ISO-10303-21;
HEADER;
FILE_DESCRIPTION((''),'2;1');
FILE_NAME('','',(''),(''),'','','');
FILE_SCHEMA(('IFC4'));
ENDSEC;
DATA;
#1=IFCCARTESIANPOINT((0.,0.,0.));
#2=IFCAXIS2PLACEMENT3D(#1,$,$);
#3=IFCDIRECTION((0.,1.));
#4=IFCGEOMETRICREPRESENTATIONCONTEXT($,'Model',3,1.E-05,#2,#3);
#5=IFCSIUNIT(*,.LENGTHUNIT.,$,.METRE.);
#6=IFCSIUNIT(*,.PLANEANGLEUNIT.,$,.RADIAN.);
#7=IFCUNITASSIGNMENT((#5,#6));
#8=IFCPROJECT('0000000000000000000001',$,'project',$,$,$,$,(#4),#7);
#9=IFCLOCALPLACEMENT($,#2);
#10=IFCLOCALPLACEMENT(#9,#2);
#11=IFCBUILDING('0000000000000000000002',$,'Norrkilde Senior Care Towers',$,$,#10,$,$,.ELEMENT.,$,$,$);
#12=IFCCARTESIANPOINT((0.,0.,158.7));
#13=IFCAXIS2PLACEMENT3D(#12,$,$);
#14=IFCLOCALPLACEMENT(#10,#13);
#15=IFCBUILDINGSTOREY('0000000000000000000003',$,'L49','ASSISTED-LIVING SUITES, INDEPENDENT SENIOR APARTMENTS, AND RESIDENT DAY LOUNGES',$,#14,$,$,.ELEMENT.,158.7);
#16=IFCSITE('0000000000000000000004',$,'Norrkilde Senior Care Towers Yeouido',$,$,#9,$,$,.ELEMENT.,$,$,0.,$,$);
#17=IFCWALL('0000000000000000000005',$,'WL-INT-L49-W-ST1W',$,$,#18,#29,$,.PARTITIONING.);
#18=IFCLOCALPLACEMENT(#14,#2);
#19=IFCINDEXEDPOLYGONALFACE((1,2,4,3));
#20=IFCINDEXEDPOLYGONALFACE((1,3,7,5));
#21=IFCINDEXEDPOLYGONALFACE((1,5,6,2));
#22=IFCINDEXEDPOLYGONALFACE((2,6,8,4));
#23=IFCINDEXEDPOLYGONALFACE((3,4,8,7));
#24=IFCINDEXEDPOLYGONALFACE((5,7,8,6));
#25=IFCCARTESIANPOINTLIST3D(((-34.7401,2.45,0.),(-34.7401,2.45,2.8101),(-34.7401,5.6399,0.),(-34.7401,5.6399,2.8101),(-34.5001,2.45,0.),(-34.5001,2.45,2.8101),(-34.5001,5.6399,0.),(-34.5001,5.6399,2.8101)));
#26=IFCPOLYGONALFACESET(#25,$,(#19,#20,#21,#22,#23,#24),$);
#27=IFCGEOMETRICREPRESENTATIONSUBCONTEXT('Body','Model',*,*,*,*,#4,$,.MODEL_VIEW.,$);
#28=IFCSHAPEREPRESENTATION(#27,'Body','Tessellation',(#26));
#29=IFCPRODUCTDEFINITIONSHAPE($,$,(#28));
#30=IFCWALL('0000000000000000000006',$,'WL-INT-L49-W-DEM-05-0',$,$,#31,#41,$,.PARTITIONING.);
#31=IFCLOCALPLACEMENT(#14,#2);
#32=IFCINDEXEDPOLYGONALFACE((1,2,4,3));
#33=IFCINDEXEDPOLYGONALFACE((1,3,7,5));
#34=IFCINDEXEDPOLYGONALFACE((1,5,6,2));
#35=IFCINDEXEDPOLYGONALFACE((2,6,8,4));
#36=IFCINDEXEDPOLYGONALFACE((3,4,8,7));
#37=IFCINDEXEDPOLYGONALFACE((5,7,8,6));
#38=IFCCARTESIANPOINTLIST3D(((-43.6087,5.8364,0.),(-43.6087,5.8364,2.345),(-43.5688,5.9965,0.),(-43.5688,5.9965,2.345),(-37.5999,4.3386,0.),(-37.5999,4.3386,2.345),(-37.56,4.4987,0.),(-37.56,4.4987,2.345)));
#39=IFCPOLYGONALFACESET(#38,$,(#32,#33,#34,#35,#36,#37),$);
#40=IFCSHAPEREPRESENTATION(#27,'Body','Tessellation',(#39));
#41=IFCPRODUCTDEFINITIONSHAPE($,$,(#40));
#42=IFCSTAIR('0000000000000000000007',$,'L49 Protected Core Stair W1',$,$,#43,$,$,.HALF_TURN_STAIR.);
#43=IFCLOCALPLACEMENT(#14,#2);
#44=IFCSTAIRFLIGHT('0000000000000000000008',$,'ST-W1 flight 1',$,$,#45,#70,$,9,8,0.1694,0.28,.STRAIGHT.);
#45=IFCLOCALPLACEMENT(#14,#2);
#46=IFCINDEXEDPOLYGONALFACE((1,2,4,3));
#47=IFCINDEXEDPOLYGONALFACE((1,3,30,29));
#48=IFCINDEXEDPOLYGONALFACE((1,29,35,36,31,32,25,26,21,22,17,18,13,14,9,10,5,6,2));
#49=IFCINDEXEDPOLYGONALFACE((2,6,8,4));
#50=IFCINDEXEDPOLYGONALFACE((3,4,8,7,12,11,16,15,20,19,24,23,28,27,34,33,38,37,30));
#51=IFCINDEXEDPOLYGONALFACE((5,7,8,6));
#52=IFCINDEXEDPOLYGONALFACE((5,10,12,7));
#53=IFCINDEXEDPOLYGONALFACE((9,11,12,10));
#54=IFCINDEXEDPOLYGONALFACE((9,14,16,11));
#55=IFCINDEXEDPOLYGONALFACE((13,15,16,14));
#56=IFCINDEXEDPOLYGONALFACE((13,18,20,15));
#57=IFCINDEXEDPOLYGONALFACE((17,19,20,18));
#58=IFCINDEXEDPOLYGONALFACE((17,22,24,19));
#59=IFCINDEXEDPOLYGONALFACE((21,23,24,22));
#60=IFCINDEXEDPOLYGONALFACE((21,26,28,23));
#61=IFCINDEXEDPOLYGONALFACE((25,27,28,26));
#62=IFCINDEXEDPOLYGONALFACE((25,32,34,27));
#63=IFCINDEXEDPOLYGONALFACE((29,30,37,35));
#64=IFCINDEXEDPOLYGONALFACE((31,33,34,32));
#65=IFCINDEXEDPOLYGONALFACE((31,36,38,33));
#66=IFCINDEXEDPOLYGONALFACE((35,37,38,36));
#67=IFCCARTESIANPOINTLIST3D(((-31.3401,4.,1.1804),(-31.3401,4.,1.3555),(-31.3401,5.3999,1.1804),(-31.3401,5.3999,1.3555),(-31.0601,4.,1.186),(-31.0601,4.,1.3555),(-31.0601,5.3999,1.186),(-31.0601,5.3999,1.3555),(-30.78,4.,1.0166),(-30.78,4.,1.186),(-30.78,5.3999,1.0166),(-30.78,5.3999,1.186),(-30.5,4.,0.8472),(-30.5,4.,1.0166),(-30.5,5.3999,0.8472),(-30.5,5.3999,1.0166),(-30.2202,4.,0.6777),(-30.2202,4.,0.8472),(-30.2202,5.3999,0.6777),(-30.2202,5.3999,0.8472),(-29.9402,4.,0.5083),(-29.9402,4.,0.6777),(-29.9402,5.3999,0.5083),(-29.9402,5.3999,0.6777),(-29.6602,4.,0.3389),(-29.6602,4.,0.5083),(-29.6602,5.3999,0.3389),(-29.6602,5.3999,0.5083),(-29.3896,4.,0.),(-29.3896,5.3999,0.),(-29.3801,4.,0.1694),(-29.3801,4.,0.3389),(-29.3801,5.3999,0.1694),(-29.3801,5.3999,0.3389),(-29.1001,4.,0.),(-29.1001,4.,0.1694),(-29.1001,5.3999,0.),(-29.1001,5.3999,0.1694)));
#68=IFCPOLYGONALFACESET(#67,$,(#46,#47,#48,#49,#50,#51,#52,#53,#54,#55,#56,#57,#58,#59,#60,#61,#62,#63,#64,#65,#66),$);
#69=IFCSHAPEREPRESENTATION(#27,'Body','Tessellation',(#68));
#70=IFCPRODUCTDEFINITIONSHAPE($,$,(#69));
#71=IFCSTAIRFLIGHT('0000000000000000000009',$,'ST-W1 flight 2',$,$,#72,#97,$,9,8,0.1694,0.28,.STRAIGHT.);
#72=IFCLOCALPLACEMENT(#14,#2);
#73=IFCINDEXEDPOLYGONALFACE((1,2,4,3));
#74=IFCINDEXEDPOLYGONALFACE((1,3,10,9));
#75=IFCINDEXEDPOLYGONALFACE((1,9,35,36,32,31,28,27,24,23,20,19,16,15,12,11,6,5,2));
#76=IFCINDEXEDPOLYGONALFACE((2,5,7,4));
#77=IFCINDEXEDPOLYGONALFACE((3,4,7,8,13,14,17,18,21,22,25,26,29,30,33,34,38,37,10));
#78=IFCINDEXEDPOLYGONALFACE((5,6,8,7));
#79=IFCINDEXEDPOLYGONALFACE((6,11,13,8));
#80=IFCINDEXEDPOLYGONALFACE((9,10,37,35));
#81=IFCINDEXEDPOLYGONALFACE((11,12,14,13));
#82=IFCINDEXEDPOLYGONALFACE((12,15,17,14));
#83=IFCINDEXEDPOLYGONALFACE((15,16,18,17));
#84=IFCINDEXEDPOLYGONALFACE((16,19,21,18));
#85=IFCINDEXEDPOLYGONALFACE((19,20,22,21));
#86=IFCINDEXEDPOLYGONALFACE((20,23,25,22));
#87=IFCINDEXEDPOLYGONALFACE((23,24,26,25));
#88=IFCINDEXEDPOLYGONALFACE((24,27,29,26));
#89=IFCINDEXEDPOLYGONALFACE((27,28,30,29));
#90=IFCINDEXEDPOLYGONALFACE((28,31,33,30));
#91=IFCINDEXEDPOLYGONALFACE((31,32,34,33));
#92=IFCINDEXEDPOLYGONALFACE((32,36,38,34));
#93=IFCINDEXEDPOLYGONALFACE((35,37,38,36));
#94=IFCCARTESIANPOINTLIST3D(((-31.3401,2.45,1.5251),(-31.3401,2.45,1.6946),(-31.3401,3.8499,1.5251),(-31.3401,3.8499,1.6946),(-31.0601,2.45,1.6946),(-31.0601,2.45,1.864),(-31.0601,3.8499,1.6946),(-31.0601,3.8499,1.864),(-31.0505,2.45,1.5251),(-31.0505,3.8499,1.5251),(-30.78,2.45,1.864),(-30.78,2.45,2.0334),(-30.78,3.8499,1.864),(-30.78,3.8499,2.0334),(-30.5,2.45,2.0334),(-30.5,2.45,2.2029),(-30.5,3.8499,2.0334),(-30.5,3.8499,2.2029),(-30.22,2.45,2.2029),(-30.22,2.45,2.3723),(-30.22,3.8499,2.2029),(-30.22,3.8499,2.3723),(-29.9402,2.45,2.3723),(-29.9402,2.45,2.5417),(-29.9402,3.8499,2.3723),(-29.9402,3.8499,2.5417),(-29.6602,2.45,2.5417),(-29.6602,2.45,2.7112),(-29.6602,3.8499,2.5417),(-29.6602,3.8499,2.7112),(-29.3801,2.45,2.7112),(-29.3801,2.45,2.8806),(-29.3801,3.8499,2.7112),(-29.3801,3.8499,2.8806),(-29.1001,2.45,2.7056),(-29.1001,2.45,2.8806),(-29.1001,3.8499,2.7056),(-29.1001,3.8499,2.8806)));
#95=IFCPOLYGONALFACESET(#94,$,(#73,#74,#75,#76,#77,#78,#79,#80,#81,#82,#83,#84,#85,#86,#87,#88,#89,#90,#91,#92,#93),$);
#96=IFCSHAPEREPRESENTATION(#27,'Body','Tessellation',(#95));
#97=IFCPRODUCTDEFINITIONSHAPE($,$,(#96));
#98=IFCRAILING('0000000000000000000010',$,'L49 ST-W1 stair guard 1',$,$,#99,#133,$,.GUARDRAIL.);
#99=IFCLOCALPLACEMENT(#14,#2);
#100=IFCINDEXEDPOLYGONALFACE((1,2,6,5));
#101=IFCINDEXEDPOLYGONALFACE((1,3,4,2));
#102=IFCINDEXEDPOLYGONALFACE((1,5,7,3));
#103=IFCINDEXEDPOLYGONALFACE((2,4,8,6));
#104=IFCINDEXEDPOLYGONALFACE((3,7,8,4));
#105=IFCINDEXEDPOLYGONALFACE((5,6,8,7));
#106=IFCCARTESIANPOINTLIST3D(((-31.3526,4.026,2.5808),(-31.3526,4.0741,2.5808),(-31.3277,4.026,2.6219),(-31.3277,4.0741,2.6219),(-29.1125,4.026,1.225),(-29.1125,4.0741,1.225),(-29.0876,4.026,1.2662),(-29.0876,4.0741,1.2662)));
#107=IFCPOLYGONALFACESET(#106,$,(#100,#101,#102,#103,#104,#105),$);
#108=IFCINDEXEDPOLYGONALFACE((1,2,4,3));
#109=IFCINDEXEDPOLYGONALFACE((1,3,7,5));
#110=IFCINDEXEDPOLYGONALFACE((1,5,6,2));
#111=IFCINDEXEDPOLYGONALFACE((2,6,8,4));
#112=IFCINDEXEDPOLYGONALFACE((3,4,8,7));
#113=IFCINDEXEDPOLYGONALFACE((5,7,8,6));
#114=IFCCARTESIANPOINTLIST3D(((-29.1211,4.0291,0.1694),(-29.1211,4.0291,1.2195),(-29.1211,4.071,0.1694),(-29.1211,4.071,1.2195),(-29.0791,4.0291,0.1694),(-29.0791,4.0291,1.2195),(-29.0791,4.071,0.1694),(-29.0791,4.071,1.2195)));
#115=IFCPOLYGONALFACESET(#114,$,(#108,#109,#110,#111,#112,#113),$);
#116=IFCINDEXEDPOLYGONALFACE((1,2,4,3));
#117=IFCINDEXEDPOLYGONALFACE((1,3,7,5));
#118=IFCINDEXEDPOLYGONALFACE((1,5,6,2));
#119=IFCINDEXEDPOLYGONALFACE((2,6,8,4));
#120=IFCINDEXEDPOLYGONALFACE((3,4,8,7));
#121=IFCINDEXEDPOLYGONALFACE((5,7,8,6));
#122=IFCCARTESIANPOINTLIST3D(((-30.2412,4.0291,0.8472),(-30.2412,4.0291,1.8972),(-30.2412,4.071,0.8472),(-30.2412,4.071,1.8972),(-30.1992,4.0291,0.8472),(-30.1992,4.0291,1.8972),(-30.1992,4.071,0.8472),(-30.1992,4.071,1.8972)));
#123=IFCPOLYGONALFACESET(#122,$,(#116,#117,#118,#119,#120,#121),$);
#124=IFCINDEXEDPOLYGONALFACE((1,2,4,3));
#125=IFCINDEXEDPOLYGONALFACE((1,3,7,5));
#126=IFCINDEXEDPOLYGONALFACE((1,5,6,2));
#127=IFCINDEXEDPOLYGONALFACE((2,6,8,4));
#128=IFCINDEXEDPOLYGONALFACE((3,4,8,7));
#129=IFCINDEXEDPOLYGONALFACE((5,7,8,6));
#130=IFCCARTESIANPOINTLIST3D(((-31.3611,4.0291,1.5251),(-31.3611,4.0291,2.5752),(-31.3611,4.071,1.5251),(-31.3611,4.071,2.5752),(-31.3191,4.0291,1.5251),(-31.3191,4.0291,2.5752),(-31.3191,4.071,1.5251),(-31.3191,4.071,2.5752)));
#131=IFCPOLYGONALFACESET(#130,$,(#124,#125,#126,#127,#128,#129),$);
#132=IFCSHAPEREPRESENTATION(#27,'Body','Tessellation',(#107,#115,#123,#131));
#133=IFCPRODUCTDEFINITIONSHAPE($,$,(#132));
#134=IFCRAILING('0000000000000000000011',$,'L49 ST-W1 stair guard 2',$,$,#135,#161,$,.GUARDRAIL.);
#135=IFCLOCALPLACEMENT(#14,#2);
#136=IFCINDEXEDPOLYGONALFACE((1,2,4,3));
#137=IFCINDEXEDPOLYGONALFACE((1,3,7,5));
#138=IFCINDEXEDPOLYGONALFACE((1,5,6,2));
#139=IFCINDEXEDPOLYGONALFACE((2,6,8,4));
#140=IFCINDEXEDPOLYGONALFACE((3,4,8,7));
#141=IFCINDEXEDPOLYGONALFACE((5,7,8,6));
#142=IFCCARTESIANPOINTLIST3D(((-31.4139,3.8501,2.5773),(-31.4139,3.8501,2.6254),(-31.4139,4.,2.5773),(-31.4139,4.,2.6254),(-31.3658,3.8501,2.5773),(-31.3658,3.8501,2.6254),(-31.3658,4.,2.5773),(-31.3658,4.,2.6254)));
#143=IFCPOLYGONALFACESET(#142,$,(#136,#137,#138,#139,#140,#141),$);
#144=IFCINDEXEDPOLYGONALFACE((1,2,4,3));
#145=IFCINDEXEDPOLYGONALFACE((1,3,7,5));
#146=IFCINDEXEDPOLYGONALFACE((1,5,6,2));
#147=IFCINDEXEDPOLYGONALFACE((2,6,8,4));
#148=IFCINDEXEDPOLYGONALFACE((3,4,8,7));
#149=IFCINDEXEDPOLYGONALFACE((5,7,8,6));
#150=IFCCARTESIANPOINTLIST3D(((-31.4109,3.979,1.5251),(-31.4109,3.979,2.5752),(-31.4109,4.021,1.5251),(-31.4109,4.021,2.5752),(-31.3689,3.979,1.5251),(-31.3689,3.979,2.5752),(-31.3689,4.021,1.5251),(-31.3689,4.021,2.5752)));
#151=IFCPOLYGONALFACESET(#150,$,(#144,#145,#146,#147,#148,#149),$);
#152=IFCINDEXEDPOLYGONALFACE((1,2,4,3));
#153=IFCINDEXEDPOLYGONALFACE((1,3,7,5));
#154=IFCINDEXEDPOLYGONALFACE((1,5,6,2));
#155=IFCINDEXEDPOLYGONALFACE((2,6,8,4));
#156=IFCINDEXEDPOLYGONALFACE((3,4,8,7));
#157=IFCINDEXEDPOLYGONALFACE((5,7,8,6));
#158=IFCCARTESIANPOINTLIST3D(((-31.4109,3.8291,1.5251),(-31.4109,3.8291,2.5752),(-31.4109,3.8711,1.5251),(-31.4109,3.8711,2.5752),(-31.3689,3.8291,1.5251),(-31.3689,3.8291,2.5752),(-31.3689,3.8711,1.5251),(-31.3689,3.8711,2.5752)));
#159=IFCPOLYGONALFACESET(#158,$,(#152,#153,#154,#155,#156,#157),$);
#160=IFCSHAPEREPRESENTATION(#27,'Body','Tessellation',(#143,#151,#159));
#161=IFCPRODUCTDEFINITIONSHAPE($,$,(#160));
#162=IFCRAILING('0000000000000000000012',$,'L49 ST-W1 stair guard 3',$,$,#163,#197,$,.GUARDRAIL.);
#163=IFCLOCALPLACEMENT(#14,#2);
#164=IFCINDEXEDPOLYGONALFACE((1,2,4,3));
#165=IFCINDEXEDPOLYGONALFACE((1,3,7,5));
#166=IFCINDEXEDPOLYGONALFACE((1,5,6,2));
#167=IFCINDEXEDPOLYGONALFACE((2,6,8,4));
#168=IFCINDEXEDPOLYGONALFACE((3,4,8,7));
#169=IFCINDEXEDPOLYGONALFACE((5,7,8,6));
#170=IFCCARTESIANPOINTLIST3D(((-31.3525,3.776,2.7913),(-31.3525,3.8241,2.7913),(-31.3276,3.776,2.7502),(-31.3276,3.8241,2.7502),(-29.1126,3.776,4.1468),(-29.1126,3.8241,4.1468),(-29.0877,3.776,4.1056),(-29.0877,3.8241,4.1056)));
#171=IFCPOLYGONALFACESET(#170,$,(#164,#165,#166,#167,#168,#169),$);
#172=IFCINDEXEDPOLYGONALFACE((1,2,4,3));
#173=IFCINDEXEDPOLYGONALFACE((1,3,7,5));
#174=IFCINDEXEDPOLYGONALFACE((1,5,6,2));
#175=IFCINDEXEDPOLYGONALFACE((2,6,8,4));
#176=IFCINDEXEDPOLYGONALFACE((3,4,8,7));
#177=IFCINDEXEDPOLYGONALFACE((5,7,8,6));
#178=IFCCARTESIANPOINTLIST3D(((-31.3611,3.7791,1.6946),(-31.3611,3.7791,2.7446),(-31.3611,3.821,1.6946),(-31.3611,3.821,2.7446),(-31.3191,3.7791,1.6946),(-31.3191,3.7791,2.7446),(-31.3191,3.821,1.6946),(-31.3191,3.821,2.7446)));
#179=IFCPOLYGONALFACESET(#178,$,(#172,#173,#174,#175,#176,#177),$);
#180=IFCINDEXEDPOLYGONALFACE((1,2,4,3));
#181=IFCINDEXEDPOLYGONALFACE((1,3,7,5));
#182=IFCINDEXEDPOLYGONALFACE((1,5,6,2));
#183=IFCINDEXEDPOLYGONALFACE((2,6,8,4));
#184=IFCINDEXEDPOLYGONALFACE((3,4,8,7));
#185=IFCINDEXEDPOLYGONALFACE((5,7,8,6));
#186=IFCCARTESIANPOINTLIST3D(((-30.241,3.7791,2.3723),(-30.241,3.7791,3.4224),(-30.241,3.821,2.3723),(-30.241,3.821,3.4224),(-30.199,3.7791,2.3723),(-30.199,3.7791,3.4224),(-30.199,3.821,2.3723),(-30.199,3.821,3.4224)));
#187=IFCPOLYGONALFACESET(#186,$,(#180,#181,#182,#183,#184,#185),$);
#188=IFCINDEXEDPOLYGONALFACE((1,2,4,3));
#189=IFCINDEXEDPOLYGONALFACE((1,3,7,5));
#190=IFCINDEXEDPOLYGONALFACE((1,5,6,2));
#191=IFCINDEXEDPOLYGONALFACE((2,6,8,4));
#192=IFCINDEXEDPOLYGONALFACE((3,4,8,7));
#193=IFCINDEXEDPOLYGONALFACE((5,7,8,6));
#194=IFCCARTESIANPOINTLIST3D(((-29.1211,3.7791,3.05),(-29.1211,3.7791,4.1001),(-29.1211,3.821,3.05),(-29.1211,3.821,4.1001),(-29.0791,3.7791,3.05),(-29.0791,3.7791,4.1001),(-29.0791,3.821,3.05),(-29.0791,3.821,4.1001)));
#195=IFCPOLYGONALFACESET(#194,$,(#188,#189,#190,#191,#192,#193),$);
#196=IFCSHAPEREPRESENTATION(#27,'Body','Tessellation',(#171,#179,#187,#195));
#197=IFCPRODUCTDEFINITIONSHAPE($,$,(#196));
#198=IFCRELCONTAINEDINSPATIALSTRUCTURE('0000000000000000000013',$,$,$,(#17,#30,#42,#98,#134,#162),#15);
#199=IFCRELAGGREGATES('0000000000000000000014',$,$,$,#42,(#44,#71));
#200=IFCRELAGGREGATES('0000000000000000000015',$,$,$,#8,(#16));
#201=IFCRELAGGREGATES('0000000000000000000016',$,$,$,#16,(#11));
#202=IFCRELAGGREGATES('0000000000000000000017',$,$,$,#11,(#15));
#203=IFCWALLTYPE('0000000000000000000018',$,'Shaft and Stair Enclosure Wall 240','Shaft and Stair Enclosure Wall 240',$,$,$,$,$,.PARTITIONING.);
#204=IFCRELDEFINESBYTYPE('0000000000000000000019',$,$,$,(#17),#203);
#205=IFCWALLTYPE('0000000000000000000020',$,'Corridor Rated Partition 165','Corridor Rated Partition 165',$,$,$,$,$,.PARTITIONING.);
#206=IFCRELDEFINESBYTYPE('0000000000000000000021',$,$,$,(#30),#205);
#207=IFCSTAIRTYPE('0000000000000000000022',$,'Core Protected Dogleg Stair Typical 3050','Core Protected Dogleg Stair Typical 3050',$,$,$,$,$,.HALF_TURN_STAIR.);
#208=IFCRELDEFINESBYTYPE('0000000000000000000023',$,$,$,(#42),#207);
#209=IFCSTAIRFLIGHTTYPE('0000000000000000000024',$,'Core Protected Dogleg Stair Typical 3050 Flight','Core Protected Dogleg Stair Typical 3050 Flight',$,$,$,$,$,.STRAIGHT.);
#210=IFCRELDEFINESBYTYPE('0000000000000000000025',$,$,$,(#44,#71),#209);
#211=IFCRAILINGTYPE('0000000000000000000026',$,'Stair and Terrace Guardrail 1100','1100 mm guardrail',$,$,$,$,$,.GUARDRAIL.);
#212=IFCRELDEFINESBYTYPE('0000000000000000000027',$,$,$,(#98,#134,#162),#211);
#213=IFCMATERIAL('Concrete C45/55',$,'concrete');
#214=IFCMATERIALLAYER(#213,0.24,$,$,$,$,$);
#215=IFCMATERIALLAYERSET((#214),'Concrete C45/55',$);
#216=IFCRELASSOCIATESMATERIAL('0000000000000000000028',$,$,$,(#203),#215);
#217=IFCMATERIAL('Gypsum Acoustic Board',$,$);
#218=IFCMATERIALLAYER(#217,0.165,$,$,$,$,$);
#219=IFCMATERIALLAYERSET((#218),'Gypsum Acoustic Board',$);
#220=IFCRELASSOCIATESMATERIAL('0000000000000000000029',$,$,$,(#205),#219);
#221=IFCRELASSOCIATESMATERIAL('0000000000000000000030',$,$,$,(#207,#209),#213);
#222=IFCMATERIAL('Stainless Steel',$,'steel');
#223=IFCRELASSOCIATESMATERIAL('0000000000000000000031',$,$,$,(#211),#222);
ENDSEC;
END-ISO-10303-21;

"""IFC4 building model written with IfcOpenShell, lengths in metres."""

from ifc_helpers import new_model, si_unit, direction, frame, frame_2d, origin, origin_2d, place, context, subcontext, project, spatial, polyline, rectangle, outline, extrude, source, transform, mapped, material, layer, layer_set, type_object, type_shapes, element, aggregate, save


model = new_model("IFC4")

# Units and contexts
model_context = context("Model", 3, precision=1e-05, world=origin(), true_north=direction((0.0, 1.0)))
body_context = subcontext(model_context, "Body", "Model", "MODEL_VIEW")
ifc_project = project(units=[si_unit("LENGTHUNIT", "METRE"), si_unit("PLANEANGLEUNIT", "RADIAN")], contexts=[model_context])

# Site, building, storey
site_placement = place(None, origin())
site = spatial("IfcSite", under=ifc_project, at=site_placement, Name="Norrkilde Senior Care Towers Yeouido", CompositionType="ELEMENT", RefElevation=0.0)
building_placement = place(site_placement, origin())
building = spatial("IfcBuilding", under=site, at=building_placement, Name="Norrkilde Senior Care Towers", CompositionType="ELEMENT")
storey_placement = place(building_placement, frame((0.0, 0.0, 158.7)))
storey = spatial("IfcBuildingStorey", under=building, at=storey_placement, Name="L49", Description="ASSISTED-LIVING SUITES, INDEPENDENT SENIOR APARTMENTS, AND RESIDENT DAY LOUNGES", CompositionType="ELEMENT", Elevation=158.7)

# Walls
ifc_material_1 = material(Name="Concrete C45/55", Category="concrete")
ifc_layer_1 = layer(ifc_material_1, 0.24)
ifc_layer_set_1 = layer_set([ifc_layer_1], Name="Concrete C45/55")
wall_type_1 = type_object("IfcWallType", Name="Shaft and Stair Enclosure Wall 240", Description="Shaft and Stair Enclosure Wall 240", PredefinedType="PARTITIONING", material=ifc_layer_set_1)
shared_shape_1 = source(origin(), body_context, "Body", "SweptSolid", [
    extrude(rectangle(XDim=3.1899, YDim=0.24, at=frame_2d((1.595, 0.0))), origin(), (0.0, 0.0, 1.0), 2.8101),
])
wall_1_placement = place(storey_placement, frame((-34.6201, 2.45, 0.0), z_axis=(0.0, 0.0, 1.0), x_axis=(0.0, 1.0, 0.0)))
element("IfcWall", 1, at=wall_1_placement, inside=storey, type_object=wall_type_1, Name="WL-INT-L49-W-ST1W", PredefinedType="PARTITIONING", context=body_context, shape_type="MappedRepresentation", body=[
    mapped(shared_shape_1, transform((0.0, 0.0, 0.0), x_axis=(1.0, 0.0, 0.0), y_axis=(0.0, 1.0, 0.0), z_axis=(0.0, 0.0, 1.0), scale=1.0)),
])
ifc_material_2 = material(Name="Gypsum Acoustic Board")
ifc_layer_2 = layer(ifc_material_2, 0.165)
ifc_layer_set_2 = layer_set([ifc_layer_2], Name="Gypsum Acoustic Board")
wall_type_2 = type_object("IfcWallType", Name="Corridor Rated Partition 165", Description="Corridor Rated Partition 165", PredefinedType="PARTITIONING", material=ifc_layer_set_2)
shared_shape_2 = source(origin(), body_context, "Body", "SweptSolid", [
    extrude(rectangle(XDim=6.1926, YDim=0.165, at=frame_2d((3.0962, 0.0))), origin(), (0.0, 0.0, 1.0), 2.345),
])
type_shapes(wall_type_2, [shared_shape_2])
wall_2_placement = place(storey_placement, frame((-37.5801, 4.4187, 0.0), z_axis=(0.0, 0.0, 1.0), x_axis=(-0.970309, 0.241868, 0.0)))
element("IfcWall", 2, at=wall_2_placement, inside=storey, type_object=wall_type_2, Name="WL-INT-L49-W-DEM-05-0", PredefinedType="PARTITIONING", context=body_context, shape_type="MappedRepresentation", body=[
    mapped(shared_shape_2, transform((0.0, 0.0, 0.0), x_axis=(1.0, 0.0, 0.0), y_axis=(0.0, 1.0, 0.0), z_axis=(0.0, 0.0, 1.0), scale=1.0)),
])

# Stair, stair flights
stair_type = type_object("IfcStairType", Name="Core Protected Dogleg Stair Typical 3050", Description="Core Protected Dogleg Stair Typical 3050", PredefinedType="HALF_TURN_STAIR", material=ifc_material_1)
stair_placement = place(storey_placement, origin())
stair = element("IfcStair", 3, at=stair_placement, inside=storey, type_object=stair_type, Name="L49 Protected Core Stair W1", PredefinedType="HALF_TURN_STAIR")
stair_flight_type = type_object("IfcStairFlightType", Name="Core Protected Dogleg Stair Typical 3050 Flight", Description="Core Protected Dogleg Stair Typical 3050 Flight", PredefinedType="STRAIGHT", material=ifc_material_1)
stair_flight_1_placement = place(storey_placement, frame((-29.1001, 4.7, 0.0), z_axis=(0.0, 0.0, 1.0), x_axis=(-1.0, 0.0, 0.0)))
stair_flight_1 = element("IfcStairFlight", 4, at=stair_flight_1_placement, type_object=stair_flight_type, Name="ST-W1 flight 1", NumberOfRisers=9, NumberOfTreads=8, PredefinedType="STRAIGHT", RiserHeight=0.1694, TreadLength=0.28, context=body_context, shape_type="SweptSolid", body=[
    extrude(outline(polyline([(0.0, 0.0), (0.0, 0.1694), (0.28, 0.1694), (0.28, 0.3389), (0.5601, 0.3389), (0.5601, 0.5083), (0.8401, 0.5083), (0.8401, 0.6777), (1.1201, 0.6777), (1.1201, 0.8472), (1.3999, 0.8472), (1.3999, 1.0166), (1.6799, 1.0166), (1.6799, 1.186), (1.96, 1.186), (1.96, 1.3555), (2.24, 1.3555), (2.24, 1.5249), (2.24, 1.1804), (0.2896, 0.0), (0.0, 0.0)])), frame((0.0, 0.7, 0.0), z_axis=(0.0, -1.0, 0.0), x_axis=(1.0, 0.0, 0.0)), (0.0, 0.0, 1.0), 1.3999),
])
stair_flight_2_placement = place(storey_placement, frame((-31.3401, 3.1499, 1.5251), z_axis=(0.0, 0.0, 1.0), x_axis=(1.0, 0.0, 0.0)))
stair_flight_2 = element("IfcStairFlight", 5, at=stair_flight_2_placement, type_object=stair_flight_type, Name="ST-W1 flight 2", NumberOfRisers=9, NumberOfTreads=8, PredefinedType="STRAIGHT", RiserHeight=0.1694, TreadLength=0.28, context=body_context, shape_type="SweptSolid", body=[
    extrude(outline(polyline([(0.0, 0.0), (0.0, 0.1694), (0.28, 0.1694), (0.28, 0.3389), (0.5601, 0.3389), (0.5601, 0.5083), (0.8401, 0.5083), (0.8401, 0.6777), (1.1201, 0.6777), (1.1201, 0.8472), (1.3999, 0.8472), (1.3999, 1.0166), (1.6799, 1.0166), (1.6799, 1.186), (1.96, 1.186), (1.96, 1.3555), (2.24, 1.3555), (2.24, 1.5249), (2.24, 1.1804), (0.2896, 0.0), (0.0, 0.0)])), frame((0.0, 0.7, 0.0), z_axis=(0.0, -1.0, 0.0), x_axis=(1.0, 0.0, 0.0)), (0.0, 0.0, 1.0), 1.3999),
])
aggregate(stair, [stair_flight_1, stair_flight_2])

# Railings
ifc_material_3 = material(Name="Stainless Steel", Category="steel")
railing_type_1 = type_object("IfcRailingType", Name="Stair and Terrace Guardrail 1100", Description="1100 mm guardrail", PredefinedType="GUARDRAIL", material=ifc_material_3)
railing_1_placement = place(storey_placement, frame((-29.1001, 4.05, 0.1694)))
element("IfcRailing", 6, at=railing_1_placement, inside=storey, type_object=railing_type_1, Name="L49 ST-W1 stair guard 1", PredefinedType="GUARDRAIL", context=body_context, shape_type="SweptSolid", body=[
    extrude(rectangle(XDim=0.0481, YDim=0.0481, at=origin_2d()), frame((0.0, 0.0, 1.0762), z_axis=(-0.855512, 0.0, 0.517783), x_axis=(0.0, -1.0, 0.0)), (0.0, 0.0, 1.0), 2.6184),
    extrude(rectangle(XDim=0.042, YDim=0.042, at=origin_2d()), origin(), (0.0, 0.0, 1.0), 1.05),
    extrude(rectangle(XDim=0.042, YDim=0.042, at=origin_2d()), frame((-1.1201, 0.0, 0.6777)), (0.0, 0.0, 1.0), 1.05),
    extrude(rectangle(XDim=0.042, YDim=0.042, at=origin_2d()), frame((-2.24, 0.0, 1.3557)), (0.0, 0.0, 1.0), 1.05),
])
railing_2_placement = place(storey_placement, frame((-31.3899, 4.0, 1.5251)))
element("IfcRailing", 7, at=railing_2_placement, inside=storey, type_object=railing_type_1, Name="L49 ST-W1 stair guard 2", PredefinedType="GUARDRAIL", context=body_context, shape_type="SweptSolid", body=[
    extrude(rectangle(XDim=0.0481, YDim=0.0481, at=origin_2d()), frame((0.0, 0.0, 1.0762), z_axis=(0.0, -1.0, 0.0), x_axis=(1.0, 0.0, 0.0)), (0.0, 0.0, 1.0), 0.1499),
    extrude(rectangle(XDim=0.042, YDim=0.042, at=origin_2d()), origin(), (0.0, 0.0, 1.0), 1.05),
    extrude(rectangle(XDim=0.042, YDim=0.042, at=origin_2d()), frame((0.0, -0.1499, 0.0)), (0.0, 0.0, 1.0), 1.05),
])
railing_3_placement = place(storey_placement, frame((-31.3401, 3.8, 1.6946)))
element("IfcRailing", 8, at=railing_3_placement, inside=storey, type_object=railing_type_1, Name="L49 ST-W1 stair guard 3", PredefinedType="GUARDRAIL", context=body_context, shape_type="SweptSolid", body=[
    extrude(rectangle(XDim=0.0481, YDim=0.0481, at=origin_2d()), frame((0.0, 0.0, 1.0762), z_axis=(0.855553, 0.0, 0.517715), x_axis=(0.0, 1.0, 0.0)), (0.0, 0.0, 1.0), 2.6182),
    extrude(rectangle(XDim=0.042, YDim=0.042, at=origin_2d()), origin(), (0.0, 0.0, 1.0), 1.05),
    extrude(rectangle(XDim=0.042, YDim=0.042, at=origin_2d()), frame((1.1201, 0.0, 0.6777)), (0.0, 0.0, 1.0), 1.05),
    extrude(rectangle(XDim=0.042, YDim=0.042, at=origin_2d()), frame((2.24, 0.0, 1.3555)), (0.0, 0.0, 1.0), 1.05),
])

save(model, "model.ifc")
